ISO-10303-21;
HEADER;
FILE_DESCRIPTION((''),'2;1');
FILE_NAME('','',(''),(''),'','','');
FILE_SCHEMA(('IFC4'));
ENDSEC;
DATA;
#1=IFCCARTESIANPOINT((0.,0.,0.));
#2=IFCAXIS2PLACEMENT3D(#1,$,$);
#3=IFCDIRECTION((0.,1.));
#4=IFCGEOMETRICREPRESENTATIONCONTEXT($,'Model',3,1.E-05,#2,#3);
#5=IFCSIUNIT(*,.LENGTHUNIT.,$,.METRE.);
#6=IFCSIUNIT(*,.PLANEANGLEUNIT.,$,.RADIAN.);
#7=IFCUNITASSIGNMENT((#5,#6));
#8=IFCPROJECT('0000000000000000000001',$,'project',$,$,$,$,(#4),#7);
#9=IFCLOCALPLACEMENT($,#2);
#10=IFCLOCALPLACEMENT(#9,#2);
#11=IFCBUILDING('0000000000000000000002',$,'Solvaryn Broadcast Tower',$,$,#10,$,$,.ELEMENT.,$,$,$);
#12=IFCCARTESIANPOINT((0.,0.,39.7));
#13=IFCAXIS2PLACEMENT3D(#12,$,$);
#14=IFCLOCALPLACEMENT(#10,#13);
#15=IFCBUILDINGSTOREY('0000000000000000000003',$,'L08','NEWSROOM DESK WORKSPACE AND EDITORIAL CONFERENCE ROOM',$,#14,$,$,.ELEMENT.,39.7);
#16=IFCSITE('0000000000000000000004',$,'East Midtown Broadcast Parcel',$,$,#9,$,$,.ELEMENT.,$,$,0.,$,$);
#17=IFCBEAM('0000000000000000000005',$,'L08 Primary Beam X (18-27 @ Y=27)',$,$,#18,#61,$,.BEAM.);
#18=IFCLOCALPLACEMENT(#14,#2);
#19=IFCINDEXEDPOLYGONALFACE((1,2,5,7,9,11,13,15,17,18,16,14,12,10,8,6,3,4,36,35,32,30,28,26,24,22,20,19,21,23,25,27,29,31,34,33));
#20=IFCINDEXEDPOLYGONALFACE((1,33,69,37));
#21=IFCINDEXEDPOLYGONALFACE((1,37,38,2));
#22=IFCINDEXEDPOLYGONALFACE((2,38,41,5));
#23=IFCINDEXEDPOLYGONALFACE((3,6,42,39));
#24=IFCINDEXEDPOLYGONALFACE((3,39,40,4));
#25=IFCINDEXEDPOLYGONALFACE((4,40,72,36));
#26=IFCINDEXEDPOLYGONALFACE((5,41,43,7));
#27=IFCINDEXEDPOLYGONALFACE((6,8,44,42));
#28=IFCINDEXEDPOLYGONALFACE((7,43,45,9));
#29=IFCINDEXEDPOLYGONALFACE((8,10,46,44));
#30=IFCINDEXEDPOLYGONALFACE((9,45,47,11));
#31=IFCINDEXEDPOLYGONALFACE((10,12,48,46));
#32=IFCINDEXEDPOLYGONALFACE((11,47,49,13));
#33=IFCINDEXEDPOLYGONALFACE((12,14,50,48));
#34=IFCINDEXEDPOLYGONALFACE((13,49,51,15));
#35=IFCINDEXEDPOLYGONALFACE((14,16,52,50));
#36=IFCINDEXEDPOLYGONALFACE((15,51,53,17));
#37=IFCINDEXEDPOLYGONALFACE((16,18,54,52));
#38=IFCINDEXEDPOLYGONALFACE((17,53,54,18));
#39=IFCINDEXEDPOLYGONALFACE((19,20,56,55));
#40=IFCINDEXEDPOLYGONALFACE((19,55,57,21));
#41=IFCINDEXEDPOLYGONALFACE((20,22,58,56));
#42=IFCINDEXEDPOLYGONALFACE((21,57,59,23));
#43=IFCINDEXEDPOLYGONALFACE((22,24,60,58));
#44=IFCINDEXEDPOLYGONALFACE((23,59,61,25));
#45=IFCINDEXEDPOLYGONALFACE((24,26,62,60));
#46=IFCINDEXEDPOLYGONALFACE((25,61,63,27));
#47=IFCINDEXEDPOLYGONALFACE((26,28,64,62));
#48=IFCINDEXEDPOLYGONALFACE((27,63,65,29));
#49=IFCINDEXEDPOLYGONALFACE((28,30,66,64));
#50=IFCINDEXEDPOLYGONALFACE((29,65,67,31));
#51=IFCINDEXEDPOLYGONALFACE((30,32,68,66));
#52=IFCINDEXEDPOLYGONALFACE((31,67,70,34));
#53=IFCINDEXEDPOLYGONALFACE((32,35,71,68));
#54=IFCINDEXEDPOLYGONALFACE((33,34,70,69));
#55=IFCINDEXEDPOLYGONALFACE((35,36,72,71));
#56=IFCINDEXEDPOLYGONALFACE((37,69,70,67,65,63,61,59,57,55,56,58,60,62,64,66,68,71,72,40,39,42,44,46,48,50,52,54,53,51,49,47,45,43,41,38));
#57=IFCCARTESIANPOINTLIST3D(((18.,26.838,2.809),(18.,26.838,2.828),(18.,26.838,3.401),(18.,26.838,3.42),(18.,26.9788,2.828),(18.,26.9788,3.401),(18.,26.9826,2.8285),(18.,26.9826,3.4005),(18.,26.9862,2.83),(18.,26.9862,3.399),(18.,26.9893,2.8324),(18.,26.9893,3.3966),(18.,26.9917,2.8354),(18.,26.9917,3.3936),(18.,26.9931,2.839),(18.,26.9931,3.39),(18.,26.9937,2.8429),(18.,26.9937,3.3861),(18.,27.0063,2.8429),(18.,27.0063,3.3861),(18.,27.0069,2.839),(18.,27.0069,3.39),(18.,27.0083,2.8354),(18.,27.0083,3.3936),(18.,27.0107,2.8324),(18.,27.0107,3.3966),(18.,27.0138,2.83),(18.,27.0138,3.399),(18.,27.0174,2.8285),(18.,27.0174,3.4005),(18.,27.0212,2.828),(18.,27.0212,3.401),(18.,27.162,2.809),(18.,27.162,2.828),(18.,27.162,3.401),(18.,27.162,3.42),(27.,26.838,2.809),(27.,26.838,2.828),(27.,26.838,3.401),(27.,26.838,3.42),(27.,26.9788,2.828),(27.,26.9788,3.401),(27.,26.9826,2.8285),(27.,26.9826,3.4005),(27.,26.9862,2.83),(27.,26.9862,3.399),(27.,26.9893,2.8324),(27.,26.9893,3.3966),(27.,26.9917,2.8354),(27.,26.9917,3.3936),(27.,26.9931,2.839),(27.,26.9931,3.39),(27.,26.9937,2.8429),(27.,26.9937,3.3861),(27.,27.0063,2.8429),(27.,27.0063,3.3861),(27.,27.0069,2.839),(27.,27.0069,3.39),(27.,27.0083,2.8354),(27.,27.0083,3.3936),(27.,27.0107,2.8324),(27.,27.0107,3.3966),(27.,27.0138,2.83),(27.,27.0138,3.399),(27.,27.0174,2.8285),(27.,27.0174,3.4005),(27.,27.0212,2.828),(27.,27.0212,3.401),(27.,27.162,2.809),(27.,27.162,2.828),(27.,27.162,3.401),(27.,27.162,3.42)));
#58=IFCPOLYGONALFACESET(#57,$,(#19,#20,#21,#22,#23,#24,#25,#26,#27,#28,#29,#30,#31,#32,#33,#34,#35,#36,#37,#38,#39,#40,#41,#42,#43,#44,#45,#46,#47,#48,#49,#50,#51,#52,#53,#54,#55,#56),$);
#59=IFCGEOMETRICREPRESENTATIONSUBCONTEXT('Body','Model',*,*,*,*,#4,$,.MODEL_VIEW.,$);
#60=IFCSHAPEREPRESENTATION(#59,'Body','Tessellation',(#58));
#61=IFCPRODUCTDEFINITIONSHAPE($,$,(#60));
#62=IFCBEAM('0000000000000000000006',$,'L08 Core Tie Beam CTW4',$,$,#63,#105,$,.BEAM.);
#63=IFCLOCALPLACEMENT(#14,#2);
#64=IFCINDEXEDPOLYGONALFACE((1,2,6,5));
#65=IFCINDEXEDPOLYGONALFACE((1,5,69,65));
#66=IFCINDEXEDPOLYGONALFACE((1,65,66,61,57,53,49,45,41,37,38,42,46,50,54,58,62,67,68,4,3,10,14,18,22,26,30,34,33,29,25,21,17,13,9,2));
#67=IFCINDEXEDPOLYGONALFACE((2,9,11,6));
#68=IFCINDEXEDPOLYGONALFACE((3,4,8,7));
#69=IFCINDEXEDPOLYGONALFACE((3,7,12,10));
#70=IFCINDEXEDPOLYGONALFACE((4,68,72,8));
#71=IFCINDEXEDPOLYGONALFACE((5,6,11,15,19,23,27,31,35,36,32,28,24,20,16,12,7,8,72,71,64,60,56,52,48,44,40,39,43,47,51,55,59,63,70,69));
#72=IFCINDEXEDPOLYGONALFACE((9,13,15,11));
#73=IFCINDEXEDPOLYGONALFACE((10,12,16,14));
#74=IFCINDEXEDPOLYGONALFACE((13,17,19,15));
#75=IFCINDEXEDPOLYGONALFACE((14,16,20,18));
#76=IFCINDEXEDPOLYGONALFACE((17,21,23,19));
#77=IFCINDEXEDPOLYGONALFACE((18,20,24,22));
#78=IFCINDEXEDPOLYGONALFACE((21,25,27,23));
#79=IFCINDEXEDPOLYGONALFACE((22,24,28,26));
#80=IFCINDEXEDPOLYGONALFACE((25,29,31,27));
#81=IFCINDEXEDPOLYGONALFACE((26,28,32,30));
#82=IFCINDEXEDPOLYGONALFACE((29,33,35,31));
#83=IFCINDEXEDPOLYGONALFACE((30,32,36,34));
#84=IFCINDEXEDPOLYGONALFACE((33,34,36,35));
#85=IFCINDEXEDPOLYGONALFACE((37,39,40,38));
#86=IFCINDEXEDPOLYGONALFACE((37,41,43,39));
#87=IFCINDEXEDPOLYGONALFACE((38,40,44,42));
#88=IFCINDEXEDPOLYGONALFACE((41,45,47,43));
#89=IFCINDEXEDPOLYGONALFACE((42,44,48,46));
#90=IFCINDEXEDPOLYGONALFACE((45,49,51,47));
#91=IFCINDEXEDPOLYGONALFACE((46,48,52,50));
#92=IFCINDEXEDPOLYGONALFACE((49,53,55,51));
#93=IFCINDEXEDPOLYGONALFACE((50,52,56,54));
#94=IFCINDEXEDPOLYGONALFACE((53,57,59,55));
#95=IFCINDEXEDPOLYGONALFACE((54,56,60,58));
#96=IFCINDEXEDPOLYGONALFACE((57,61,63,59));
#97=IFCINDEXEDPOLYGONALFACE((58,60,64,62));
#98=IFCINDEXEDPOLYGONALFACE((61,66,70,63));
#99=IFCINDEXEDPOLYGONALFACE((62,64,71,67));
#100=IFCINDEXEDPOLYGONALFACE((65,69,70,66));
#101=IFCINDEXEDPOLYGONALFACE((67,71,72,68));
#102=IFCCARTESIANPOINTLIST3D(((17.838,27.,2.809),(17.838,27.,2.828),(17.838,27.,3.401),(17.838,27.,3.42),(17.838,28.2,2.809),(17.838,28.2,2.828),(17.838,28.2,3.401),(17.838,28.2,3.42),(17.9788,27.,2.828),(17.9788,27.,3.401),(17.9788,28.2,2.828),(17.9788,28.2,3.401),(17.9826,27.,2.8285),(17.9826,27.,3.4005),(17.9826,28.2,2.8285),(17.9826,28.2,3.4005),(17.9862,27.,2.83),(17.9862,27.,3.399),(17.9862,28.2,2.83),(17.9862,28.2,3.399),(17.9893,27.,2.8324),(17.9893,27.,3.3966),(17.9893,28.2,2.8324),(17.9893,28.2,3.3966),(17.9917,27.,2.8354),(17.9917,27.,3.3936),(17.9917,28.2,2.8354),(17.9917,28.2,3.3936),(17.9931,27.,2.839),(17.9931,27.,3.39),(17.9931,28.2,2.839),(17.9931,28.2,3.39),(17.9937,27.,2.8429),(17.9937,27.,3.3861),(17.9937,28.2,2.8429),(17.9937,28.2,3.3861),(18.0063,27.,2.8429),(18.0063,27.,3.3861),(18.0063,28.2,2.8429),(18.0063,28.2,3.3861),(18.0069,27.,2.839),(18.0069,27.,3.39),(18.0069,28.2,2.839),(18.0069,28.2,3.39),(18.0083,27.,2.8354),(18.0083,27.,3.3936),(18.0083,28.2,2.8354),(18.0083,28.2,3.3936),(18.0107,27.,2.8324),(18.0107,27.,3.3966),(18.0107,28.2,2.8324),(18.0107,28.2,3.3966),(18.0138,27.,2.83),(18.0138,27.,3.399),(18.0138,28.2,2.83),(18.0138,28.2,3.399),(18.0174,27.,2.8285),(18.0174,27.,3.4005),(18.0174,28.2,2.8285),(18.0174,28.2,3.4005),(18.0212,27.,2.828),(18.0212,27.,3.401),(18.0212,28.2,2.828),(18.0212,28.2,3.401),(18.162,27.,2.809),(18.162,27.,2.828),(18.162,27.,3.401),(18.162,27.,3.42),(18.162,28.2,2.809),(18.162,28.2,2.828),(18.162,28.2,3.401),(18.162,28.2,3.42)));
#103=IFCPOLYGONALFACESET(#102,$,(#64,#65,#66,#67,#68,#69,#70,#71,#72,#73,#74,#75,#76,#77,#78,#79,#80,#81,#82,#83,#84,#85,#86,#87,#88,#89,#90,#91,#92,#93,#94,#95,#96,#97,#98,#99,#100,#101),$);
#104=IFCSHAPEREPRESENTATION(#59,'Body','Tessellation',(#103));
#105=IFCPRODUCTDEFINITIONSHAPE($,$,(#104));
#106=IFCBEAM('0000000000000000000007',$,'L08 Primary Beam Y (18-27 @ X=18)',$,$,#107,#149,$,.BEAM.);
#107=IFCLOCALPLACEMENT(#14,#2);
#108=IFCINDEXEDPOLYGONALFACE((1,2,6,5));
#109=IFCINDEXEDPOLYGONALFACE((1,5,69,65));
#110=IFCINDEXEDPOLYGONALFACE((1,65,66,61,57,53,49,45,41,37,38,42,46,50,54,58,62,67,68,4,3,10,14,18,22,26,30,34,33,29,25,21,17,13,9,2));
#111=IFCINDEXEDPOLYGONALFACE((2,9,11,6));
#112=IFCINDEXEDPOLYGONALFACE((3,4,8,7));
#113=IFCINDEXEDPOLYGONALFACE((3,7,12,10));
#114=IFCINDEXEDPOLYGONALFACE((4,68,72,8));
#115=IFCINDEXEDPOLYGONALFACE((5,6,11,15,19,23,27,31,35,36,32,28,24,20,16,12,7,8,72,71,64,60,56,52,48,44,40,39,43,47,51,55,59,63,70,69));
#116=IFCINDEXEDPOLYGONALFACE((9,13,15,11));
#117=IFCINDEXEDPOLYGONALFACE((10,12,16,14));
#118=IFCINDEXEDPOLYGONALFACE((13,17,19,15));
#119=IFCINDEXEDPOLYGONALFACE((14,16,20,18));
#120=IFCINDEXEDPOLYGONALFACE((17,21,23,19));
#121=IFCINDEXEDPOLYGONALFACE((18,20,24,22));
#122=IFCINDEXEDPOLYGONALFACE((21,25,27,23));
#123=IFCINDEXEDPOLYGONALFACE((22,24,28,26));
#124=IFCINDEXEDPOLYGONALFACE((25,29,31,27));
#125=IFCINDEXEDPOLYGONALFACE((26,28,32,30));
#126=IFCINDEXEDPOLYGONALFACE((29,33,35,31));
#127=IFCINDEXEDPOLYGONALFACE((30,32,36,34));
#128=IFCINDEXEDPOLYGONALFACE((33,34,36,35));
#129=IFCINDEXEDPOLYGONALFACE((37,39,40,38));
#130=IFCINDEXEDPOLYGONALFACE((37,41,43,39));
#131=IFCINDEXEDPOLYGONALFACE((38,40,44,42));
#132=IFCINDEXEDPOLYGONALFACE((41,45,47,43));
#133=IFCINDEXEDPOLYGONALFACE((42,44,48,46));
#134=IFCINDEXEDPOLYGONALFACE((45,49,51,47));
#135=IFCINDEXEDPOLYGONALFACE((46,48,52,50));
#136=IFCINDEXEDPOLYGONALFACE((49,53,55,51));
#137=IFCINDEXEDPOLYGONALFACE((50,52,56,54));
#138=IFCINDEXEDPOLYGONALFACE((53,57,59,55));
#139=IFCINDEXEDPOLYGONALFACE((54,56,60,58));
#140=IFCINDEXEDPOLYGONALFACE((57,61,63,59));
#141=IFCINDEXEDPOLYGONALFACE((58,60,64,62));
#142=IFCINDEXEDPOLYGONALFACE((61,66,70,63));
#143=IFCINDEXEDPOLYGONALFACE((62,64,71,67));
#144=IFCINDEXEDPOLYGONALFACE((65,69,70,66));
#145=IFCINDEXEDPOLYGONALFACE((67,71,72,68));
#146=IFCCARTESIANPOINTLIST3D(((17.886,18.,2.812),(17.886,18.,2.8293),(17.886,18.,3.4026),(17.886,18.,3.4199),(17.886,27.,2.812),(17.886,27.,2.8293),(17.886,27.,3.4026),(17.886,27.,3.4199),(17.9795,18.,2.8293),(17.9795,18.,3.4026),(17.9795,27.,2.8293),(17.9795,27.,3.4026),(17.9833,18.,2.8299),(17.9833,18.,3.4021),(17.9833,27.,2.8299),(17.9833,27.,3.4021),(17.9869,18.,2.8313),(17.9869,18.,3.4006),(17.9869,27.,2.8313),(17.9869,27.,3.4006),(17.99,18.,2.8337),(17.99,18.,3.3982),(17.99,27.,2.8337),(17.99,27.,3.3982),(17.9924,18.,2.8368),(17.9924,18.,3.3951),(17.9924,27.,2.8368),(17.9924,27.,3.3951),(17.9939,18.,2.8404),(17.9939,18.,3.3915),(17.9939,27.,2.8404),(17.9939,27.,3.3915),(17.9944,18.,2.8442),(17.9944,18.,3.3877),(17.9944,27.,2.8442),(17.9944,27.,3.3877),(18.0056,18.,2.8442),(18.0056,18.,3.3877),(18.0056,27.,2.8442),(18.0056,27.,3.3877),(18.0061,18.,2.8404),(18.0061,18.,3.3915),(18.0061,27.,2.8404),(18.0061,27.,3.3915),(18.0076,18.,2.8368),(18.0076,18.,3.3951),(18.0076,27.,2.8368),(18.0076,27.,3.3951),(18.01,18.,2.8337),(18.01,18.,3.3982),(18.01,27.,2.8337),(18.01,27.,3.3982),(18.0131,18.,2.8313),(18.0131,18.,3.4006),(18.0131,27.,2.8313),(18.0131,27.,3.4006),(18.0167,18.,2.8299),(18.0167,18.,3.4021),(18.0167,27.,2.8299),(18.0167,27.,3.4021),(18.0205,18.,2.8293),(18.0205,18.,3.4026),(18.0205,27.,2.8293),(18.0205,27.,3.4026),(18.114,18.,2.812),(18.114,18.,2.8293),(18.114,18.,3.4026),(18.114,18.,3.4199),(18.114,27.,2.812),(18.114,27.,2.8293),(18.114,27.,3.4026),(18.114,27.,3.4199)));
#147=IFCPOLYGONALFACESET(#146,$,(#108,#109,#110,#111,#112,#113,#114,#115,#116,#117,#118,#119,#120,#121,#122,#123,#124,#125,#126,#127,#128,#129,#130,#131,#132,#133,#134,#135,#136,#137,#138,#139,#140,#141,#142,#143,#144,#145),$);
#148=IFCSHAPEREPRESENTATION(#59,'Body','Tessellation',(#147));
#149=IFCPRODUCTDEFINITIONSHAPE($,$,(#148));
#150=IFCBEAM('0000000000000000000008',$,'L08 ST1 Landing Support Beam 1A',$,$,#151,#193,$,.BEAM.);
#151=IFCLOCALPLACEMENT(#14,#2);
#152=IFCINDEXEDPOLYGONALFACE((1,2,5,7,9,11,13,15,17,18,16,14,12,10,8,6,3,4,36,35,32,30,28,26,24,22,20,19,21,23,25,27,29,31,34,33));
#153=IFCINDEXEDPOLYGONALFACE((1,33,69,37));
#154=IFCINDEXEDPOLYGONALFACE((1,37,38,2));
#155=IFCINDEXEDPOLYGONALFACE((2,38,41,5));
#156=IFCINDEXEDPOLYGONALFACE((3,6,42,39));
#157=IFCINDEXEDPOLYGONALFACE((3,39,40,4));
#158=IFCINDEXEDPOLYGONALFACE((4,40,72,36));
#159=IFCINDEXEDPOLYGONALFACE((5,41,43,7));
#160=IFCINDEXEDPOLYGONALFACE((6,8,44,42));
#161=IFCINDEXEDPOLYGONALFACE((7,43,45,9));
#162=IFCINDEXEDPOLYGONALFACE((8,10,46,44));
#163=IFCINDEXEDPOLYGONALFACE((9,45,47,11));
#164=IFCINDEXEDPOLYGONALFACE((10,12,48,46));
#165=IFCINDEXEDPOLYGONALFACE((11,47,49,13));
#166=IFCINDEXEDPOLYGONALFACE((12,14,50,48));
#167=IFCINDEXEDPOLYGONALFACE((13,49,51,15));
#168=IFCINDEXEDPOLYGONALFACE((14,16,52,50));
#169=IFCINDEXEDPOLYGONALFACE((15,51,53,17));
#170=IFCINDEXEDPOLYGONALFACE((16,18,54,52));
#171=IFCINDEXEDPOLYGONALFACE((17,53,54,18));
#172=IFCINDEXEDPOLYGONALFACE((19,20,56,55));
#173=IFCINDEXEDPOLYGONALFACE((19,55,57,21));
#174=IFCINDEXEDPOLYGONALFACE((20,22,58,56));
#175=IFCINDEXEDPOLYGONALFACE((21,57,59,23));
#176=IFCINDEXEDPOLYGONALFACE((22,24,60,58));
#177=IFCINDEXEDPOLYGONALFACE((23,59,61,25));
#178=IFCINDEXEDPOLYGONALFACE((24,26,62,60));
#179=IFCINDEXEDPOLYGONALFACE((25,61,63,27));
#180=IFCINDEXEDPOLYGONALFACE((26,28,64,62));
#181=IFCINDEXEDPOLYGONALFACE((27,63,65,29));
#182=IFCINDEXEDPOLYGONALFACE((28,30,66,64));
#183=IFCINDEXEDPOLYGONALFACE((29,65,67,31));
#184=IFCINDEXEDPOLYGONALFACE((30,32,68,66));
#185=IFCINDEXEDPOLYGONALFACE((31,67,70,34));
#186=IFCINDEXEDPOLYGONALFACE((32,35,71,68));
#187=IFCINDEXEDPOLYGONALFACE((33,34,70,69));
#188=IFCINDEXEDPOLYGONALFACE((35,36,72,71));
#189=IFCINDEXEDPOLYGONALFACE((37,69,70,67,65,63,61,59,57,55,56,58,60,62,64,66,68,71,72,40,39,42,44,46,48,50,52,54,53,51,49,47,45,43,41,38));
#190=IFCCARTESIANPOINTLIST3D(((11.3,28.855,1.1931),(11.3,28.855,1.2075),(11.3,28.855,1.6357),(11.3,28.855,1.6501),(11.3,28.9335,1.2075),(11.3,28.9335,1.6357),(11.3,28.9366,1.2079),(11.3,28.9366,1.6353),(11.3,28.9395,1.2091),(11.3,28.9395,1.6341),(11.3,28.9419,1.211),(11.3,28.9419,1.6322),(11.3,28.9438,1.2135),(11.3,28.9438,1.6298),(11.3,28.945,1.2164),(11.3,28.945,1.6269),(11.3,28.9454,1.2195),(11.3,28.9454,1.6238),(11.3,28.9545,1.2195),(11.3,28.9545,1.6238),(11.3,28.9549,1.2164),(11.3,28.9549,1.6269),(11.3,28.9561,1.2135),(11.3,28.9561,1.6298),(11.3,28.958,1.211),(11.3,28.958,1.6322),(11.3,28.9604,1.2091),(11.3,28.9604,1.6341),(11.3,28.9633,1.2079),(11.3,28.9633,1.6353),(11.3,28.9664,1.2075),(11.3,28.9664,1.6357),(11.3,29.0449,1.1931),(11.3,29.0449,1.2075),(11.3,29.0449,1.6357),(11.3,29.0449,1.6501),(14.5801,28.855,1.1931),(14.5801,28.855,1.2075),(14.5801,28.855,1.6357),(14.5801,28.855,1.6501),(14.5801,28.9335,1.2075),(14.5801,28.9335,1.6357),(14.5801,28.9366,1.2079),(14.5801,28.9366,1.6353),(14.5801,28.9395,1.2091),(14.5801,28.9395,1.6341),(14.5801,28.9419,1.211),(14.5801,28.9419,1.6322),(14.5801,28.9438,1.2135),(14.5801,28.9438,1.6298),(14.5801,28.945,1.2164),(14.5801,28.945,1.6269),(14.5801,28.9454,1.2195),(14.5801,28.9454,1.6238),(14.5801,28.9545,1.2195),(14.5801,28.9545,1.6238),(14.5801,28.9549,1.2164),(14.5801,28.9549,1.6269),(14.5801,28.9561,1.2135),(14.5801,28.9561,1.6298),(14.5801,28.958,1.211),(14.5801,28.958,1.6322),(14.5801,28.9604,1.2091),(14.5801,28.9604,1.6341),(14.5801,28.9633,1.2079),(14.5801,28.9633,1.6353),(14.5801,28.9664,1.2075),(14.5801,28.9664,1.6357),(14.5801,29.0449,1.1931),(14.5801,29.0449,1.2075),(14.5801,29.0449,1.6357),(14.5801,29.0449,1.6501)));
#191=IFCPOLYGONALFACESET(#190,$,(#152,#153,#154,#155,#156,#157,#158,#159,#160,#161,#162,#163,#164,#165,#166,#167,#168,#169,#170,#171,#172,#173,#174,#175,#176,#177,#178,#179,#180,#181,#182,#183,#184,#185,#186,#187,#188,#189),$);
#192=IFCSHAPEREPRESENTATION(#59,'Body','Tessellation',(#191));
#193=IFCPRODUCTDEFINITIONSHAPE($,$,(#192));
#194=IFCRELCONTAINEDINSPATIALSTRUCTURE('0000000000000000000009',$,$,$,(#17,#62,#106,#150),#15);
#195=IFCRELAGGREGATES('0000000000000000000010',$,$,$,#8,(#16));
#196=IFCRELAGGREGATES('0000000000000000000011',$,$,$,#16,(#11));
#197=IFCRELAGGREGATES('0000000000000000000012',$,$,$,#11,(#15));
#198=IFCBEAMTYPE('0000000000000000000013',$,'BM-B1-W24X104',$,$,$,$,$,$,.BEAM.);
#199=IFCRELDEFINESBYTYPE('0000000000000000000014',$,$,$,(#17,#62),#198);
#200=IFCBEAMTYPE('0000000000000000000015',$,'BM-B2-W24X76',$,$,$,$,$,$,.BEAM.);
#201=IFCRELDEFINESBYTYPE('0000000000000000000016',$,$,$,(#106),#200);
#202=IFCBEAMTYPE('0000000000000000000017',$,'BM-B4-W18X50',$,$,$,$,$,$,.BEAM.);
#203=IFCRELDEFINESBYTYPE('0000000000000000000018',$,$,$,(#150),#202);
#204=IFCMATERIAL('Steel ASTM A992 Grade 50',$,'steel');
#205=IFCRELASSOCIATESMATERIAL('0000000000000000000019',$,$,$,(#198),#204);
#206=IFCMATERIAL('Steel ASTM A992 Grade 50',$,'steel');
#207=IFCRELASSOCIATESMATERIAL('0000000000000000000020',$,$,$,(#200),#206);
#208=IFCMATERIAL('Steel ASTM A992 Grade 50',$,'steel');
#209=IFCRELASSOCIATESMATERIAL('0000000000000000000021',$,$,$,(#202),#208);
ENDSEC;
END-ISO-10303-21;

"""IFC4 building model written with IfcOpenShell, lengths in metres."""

from ifc_helpers import new_model, si_unit, direction, frame, origin, origin_2d, place, context, subcontext, project, spatial, i_section, extrude, material, material_profile, profile_set, type_object, element, save


model = new_model("IFC4")

# Units and contexts
model_context = context("Model", 3, precision=1e-05, world=origin(), true_north=direction((0.0, 1.0)))
body_context = subcontext(model_context, "Body", "Model", "MODEL_VIEW")
ifc_project = project(units=[si_unit("LENGTHUNIT", "METRE"), si_unit("PLANEANGLEUNIT", "RADIAN")], contexts=[model_context])

# Site, building, storey
site_placement = place(None, origin())
site = spatial("IfcSite", under=ifc_project, at=site_placement, Name="East Midtown Broadcast Parcel", CompositionType="ELEMENT", RefElevation=0.0)
building_placement = place(site_placement, origin())
building = spatial("IfcBuilding", under=site, at=building_placement, Name="Solvaryn Broadcast Tower", CompositionType="ELEMENT")
storey_placement = place(building_placement, frame((0.0, 0.0, 39.7)))
storey = spatial("IfcBuildingStorey", under=building, at=storey_placement, Name="L08", Description="NEWSROOM DESK WORKSPACE AND EDITORIAL CONFERENCE ROOM", CompositionType="ELEMENT", Elevation=39.7)

# Beams
ifc_material_1 = material(Name="Steel ASTM A992 Grade 50", Category="steel")
ifc_material_profile_1 = material_profile(ifc_material_1, i_section(OverallWidth=0.324, OverallDepth=0.6111, WebThickness=0.0127, FlangeThickness=0.019, FilletRadius=0.0149, at=origin_2d()))
ifc_profile_set_1 = profile_set([ifc_material_profile_1], Name="Steel ASTM A992 Grade 50")
beam_type_1 = type_object("IfcBeamType", Name="BM-B1-W24X104", PredefinedType="BEAM", material=ifc_profile_set_1)
for number, where, z_axis, x_axis, name in (
    (1, (18.0, 27.0, 3.1145), (1.0, 0.0, 0.0), (0.0, 1.0, 0.0), "L08 Primary Beam X (18-27 @ Y=27)"),
):
    element("IfcBeam", number, at=place(storey_placement, frame(where, z_axis=z_axis, x_axis=x_axis)), inside=storey, type_object=beam_type_1, Name=name, PredefinedType="BEAM", context=body_context, shape_type="SweptSolid", body=[
        extrude(i_section(OverallWidth=0.324, OverallDepth=0.6111, WebThickness=0.0127, FlangeThickness=0.019, FilletRadius=0.0149, at=origin_2d()), origin(), (0.0, 0.0, 1.0), 9.0),
    ])
beam_1_placement = place(storey_placement, frame((18.0, 27.0, 3.1145), z_axis=(0.0, 1.0, 0.0), x_axis=(-1.0, 0.0, 0.0)))
element("IfcBeam", 2, at=beam_1_placement, inside=storey, type_object=beam_type_1, Name="L08 Core Tie Beam CTW4", PredefinedType="BEAM", context=body_context, shape_type="SweptSolid", body=[
    extrude(i_section(OverallWidth=0.324, OverallDepth=0.6111, WebThickness=0.0127, FlangeThickness=0.019, FilletRadius=0.0149, at=origin_2d()), origin(), (0.0, 0.0, 1.0), 1.2),
])
ifc_material_2 = material(Name="Steel ASTM A992 Grade 50", Category="steel")
ifc_material_profile_2 = material_profile(ifc_material_2, i_section(OverallWidth=0.228, OverallDepth=0.6079, WebThickness=0.0112, FlangeThickness=0.0173, FilletRadius=0.0149, at=origin_2d()))
ifc_profile_set_2 = profile_set([ifc_material_profile_2], Name="Steel ASTM A992 Grade 50")
beam_type_2 = type_object("IfcBeamType", Name="BM-B2-W24X76", PredefinedType="BEAM", material=ifc_profile_set_2)
beam_2_placement = place(storey_placement, frame((18.0, 18.0, 3.116), z_axis=(0.0, 1.0, 0.0), x_axis=(-1.0, 0.0, 0.0)))
element("IfcBeam", 3, at=beam_2_placement, inside=storey, type_object=beam_type_2, Name="L08 Primary Beam Y (18-27 @ X=18)", PredefinedType="BEAM", context=body_context, shape_type="SweptSolid", body=[
    extrude(i_section(OverallWidth=0.228, OverallDepth=0.6079, WebThickness=0.0112, FlangeThickness=0.0173, FilletRadius=0.0149, at=origin_2d()), origin(), (0.0, 0.0, 1.0), 9.0),
])
ifc_material_3 = material(Name="Steel ASTM A992 Grade 50", Category="steel")
ifc_material_profile_3 = material_profile(ifc_material_3, i_section(OverallWidth=0.1899, OverallDepth=0.457, WebThickness=0.009, FlangeThickness=0.0144, FilletRadius=0.012, at=origin_2d()))
ifc_profile_set_3 = profile_set([ifc_material_profile_3], Name="Steel ASTM A992 Grade 50")
beam_type_3 = type_object("IfcBeamType", Name="BM-B4-W18X50", PredefinedType="BEAM", material=ifc_profile_set_3)
beam_3_placement = place(storey_placement, frame((11.3, 28.95, 1.4216), z_axis=(1.0, 0.0, 0.0), x_axis=(0.0, 1.0, 0.0)))
element("IfcBeam", 4, at=beam_3_placement, inside=storey, type_object=beam_type_3, Name="L08 ST1 Landing Support Beam 1A", PredefinedType="BEAM", context=body_context, shape_type="SweptSolid", body=[
    extrude(i_section(OverallWidth=0.1899, OverallDepth=0.457, WebThickness=0.009, FlangeThickness=0.0144, FilletRadius=0.012, at=origin_2d()), origin(), (0.0, 0.0, 1.0), 3.28),
])

save(model, "model.ifc")
